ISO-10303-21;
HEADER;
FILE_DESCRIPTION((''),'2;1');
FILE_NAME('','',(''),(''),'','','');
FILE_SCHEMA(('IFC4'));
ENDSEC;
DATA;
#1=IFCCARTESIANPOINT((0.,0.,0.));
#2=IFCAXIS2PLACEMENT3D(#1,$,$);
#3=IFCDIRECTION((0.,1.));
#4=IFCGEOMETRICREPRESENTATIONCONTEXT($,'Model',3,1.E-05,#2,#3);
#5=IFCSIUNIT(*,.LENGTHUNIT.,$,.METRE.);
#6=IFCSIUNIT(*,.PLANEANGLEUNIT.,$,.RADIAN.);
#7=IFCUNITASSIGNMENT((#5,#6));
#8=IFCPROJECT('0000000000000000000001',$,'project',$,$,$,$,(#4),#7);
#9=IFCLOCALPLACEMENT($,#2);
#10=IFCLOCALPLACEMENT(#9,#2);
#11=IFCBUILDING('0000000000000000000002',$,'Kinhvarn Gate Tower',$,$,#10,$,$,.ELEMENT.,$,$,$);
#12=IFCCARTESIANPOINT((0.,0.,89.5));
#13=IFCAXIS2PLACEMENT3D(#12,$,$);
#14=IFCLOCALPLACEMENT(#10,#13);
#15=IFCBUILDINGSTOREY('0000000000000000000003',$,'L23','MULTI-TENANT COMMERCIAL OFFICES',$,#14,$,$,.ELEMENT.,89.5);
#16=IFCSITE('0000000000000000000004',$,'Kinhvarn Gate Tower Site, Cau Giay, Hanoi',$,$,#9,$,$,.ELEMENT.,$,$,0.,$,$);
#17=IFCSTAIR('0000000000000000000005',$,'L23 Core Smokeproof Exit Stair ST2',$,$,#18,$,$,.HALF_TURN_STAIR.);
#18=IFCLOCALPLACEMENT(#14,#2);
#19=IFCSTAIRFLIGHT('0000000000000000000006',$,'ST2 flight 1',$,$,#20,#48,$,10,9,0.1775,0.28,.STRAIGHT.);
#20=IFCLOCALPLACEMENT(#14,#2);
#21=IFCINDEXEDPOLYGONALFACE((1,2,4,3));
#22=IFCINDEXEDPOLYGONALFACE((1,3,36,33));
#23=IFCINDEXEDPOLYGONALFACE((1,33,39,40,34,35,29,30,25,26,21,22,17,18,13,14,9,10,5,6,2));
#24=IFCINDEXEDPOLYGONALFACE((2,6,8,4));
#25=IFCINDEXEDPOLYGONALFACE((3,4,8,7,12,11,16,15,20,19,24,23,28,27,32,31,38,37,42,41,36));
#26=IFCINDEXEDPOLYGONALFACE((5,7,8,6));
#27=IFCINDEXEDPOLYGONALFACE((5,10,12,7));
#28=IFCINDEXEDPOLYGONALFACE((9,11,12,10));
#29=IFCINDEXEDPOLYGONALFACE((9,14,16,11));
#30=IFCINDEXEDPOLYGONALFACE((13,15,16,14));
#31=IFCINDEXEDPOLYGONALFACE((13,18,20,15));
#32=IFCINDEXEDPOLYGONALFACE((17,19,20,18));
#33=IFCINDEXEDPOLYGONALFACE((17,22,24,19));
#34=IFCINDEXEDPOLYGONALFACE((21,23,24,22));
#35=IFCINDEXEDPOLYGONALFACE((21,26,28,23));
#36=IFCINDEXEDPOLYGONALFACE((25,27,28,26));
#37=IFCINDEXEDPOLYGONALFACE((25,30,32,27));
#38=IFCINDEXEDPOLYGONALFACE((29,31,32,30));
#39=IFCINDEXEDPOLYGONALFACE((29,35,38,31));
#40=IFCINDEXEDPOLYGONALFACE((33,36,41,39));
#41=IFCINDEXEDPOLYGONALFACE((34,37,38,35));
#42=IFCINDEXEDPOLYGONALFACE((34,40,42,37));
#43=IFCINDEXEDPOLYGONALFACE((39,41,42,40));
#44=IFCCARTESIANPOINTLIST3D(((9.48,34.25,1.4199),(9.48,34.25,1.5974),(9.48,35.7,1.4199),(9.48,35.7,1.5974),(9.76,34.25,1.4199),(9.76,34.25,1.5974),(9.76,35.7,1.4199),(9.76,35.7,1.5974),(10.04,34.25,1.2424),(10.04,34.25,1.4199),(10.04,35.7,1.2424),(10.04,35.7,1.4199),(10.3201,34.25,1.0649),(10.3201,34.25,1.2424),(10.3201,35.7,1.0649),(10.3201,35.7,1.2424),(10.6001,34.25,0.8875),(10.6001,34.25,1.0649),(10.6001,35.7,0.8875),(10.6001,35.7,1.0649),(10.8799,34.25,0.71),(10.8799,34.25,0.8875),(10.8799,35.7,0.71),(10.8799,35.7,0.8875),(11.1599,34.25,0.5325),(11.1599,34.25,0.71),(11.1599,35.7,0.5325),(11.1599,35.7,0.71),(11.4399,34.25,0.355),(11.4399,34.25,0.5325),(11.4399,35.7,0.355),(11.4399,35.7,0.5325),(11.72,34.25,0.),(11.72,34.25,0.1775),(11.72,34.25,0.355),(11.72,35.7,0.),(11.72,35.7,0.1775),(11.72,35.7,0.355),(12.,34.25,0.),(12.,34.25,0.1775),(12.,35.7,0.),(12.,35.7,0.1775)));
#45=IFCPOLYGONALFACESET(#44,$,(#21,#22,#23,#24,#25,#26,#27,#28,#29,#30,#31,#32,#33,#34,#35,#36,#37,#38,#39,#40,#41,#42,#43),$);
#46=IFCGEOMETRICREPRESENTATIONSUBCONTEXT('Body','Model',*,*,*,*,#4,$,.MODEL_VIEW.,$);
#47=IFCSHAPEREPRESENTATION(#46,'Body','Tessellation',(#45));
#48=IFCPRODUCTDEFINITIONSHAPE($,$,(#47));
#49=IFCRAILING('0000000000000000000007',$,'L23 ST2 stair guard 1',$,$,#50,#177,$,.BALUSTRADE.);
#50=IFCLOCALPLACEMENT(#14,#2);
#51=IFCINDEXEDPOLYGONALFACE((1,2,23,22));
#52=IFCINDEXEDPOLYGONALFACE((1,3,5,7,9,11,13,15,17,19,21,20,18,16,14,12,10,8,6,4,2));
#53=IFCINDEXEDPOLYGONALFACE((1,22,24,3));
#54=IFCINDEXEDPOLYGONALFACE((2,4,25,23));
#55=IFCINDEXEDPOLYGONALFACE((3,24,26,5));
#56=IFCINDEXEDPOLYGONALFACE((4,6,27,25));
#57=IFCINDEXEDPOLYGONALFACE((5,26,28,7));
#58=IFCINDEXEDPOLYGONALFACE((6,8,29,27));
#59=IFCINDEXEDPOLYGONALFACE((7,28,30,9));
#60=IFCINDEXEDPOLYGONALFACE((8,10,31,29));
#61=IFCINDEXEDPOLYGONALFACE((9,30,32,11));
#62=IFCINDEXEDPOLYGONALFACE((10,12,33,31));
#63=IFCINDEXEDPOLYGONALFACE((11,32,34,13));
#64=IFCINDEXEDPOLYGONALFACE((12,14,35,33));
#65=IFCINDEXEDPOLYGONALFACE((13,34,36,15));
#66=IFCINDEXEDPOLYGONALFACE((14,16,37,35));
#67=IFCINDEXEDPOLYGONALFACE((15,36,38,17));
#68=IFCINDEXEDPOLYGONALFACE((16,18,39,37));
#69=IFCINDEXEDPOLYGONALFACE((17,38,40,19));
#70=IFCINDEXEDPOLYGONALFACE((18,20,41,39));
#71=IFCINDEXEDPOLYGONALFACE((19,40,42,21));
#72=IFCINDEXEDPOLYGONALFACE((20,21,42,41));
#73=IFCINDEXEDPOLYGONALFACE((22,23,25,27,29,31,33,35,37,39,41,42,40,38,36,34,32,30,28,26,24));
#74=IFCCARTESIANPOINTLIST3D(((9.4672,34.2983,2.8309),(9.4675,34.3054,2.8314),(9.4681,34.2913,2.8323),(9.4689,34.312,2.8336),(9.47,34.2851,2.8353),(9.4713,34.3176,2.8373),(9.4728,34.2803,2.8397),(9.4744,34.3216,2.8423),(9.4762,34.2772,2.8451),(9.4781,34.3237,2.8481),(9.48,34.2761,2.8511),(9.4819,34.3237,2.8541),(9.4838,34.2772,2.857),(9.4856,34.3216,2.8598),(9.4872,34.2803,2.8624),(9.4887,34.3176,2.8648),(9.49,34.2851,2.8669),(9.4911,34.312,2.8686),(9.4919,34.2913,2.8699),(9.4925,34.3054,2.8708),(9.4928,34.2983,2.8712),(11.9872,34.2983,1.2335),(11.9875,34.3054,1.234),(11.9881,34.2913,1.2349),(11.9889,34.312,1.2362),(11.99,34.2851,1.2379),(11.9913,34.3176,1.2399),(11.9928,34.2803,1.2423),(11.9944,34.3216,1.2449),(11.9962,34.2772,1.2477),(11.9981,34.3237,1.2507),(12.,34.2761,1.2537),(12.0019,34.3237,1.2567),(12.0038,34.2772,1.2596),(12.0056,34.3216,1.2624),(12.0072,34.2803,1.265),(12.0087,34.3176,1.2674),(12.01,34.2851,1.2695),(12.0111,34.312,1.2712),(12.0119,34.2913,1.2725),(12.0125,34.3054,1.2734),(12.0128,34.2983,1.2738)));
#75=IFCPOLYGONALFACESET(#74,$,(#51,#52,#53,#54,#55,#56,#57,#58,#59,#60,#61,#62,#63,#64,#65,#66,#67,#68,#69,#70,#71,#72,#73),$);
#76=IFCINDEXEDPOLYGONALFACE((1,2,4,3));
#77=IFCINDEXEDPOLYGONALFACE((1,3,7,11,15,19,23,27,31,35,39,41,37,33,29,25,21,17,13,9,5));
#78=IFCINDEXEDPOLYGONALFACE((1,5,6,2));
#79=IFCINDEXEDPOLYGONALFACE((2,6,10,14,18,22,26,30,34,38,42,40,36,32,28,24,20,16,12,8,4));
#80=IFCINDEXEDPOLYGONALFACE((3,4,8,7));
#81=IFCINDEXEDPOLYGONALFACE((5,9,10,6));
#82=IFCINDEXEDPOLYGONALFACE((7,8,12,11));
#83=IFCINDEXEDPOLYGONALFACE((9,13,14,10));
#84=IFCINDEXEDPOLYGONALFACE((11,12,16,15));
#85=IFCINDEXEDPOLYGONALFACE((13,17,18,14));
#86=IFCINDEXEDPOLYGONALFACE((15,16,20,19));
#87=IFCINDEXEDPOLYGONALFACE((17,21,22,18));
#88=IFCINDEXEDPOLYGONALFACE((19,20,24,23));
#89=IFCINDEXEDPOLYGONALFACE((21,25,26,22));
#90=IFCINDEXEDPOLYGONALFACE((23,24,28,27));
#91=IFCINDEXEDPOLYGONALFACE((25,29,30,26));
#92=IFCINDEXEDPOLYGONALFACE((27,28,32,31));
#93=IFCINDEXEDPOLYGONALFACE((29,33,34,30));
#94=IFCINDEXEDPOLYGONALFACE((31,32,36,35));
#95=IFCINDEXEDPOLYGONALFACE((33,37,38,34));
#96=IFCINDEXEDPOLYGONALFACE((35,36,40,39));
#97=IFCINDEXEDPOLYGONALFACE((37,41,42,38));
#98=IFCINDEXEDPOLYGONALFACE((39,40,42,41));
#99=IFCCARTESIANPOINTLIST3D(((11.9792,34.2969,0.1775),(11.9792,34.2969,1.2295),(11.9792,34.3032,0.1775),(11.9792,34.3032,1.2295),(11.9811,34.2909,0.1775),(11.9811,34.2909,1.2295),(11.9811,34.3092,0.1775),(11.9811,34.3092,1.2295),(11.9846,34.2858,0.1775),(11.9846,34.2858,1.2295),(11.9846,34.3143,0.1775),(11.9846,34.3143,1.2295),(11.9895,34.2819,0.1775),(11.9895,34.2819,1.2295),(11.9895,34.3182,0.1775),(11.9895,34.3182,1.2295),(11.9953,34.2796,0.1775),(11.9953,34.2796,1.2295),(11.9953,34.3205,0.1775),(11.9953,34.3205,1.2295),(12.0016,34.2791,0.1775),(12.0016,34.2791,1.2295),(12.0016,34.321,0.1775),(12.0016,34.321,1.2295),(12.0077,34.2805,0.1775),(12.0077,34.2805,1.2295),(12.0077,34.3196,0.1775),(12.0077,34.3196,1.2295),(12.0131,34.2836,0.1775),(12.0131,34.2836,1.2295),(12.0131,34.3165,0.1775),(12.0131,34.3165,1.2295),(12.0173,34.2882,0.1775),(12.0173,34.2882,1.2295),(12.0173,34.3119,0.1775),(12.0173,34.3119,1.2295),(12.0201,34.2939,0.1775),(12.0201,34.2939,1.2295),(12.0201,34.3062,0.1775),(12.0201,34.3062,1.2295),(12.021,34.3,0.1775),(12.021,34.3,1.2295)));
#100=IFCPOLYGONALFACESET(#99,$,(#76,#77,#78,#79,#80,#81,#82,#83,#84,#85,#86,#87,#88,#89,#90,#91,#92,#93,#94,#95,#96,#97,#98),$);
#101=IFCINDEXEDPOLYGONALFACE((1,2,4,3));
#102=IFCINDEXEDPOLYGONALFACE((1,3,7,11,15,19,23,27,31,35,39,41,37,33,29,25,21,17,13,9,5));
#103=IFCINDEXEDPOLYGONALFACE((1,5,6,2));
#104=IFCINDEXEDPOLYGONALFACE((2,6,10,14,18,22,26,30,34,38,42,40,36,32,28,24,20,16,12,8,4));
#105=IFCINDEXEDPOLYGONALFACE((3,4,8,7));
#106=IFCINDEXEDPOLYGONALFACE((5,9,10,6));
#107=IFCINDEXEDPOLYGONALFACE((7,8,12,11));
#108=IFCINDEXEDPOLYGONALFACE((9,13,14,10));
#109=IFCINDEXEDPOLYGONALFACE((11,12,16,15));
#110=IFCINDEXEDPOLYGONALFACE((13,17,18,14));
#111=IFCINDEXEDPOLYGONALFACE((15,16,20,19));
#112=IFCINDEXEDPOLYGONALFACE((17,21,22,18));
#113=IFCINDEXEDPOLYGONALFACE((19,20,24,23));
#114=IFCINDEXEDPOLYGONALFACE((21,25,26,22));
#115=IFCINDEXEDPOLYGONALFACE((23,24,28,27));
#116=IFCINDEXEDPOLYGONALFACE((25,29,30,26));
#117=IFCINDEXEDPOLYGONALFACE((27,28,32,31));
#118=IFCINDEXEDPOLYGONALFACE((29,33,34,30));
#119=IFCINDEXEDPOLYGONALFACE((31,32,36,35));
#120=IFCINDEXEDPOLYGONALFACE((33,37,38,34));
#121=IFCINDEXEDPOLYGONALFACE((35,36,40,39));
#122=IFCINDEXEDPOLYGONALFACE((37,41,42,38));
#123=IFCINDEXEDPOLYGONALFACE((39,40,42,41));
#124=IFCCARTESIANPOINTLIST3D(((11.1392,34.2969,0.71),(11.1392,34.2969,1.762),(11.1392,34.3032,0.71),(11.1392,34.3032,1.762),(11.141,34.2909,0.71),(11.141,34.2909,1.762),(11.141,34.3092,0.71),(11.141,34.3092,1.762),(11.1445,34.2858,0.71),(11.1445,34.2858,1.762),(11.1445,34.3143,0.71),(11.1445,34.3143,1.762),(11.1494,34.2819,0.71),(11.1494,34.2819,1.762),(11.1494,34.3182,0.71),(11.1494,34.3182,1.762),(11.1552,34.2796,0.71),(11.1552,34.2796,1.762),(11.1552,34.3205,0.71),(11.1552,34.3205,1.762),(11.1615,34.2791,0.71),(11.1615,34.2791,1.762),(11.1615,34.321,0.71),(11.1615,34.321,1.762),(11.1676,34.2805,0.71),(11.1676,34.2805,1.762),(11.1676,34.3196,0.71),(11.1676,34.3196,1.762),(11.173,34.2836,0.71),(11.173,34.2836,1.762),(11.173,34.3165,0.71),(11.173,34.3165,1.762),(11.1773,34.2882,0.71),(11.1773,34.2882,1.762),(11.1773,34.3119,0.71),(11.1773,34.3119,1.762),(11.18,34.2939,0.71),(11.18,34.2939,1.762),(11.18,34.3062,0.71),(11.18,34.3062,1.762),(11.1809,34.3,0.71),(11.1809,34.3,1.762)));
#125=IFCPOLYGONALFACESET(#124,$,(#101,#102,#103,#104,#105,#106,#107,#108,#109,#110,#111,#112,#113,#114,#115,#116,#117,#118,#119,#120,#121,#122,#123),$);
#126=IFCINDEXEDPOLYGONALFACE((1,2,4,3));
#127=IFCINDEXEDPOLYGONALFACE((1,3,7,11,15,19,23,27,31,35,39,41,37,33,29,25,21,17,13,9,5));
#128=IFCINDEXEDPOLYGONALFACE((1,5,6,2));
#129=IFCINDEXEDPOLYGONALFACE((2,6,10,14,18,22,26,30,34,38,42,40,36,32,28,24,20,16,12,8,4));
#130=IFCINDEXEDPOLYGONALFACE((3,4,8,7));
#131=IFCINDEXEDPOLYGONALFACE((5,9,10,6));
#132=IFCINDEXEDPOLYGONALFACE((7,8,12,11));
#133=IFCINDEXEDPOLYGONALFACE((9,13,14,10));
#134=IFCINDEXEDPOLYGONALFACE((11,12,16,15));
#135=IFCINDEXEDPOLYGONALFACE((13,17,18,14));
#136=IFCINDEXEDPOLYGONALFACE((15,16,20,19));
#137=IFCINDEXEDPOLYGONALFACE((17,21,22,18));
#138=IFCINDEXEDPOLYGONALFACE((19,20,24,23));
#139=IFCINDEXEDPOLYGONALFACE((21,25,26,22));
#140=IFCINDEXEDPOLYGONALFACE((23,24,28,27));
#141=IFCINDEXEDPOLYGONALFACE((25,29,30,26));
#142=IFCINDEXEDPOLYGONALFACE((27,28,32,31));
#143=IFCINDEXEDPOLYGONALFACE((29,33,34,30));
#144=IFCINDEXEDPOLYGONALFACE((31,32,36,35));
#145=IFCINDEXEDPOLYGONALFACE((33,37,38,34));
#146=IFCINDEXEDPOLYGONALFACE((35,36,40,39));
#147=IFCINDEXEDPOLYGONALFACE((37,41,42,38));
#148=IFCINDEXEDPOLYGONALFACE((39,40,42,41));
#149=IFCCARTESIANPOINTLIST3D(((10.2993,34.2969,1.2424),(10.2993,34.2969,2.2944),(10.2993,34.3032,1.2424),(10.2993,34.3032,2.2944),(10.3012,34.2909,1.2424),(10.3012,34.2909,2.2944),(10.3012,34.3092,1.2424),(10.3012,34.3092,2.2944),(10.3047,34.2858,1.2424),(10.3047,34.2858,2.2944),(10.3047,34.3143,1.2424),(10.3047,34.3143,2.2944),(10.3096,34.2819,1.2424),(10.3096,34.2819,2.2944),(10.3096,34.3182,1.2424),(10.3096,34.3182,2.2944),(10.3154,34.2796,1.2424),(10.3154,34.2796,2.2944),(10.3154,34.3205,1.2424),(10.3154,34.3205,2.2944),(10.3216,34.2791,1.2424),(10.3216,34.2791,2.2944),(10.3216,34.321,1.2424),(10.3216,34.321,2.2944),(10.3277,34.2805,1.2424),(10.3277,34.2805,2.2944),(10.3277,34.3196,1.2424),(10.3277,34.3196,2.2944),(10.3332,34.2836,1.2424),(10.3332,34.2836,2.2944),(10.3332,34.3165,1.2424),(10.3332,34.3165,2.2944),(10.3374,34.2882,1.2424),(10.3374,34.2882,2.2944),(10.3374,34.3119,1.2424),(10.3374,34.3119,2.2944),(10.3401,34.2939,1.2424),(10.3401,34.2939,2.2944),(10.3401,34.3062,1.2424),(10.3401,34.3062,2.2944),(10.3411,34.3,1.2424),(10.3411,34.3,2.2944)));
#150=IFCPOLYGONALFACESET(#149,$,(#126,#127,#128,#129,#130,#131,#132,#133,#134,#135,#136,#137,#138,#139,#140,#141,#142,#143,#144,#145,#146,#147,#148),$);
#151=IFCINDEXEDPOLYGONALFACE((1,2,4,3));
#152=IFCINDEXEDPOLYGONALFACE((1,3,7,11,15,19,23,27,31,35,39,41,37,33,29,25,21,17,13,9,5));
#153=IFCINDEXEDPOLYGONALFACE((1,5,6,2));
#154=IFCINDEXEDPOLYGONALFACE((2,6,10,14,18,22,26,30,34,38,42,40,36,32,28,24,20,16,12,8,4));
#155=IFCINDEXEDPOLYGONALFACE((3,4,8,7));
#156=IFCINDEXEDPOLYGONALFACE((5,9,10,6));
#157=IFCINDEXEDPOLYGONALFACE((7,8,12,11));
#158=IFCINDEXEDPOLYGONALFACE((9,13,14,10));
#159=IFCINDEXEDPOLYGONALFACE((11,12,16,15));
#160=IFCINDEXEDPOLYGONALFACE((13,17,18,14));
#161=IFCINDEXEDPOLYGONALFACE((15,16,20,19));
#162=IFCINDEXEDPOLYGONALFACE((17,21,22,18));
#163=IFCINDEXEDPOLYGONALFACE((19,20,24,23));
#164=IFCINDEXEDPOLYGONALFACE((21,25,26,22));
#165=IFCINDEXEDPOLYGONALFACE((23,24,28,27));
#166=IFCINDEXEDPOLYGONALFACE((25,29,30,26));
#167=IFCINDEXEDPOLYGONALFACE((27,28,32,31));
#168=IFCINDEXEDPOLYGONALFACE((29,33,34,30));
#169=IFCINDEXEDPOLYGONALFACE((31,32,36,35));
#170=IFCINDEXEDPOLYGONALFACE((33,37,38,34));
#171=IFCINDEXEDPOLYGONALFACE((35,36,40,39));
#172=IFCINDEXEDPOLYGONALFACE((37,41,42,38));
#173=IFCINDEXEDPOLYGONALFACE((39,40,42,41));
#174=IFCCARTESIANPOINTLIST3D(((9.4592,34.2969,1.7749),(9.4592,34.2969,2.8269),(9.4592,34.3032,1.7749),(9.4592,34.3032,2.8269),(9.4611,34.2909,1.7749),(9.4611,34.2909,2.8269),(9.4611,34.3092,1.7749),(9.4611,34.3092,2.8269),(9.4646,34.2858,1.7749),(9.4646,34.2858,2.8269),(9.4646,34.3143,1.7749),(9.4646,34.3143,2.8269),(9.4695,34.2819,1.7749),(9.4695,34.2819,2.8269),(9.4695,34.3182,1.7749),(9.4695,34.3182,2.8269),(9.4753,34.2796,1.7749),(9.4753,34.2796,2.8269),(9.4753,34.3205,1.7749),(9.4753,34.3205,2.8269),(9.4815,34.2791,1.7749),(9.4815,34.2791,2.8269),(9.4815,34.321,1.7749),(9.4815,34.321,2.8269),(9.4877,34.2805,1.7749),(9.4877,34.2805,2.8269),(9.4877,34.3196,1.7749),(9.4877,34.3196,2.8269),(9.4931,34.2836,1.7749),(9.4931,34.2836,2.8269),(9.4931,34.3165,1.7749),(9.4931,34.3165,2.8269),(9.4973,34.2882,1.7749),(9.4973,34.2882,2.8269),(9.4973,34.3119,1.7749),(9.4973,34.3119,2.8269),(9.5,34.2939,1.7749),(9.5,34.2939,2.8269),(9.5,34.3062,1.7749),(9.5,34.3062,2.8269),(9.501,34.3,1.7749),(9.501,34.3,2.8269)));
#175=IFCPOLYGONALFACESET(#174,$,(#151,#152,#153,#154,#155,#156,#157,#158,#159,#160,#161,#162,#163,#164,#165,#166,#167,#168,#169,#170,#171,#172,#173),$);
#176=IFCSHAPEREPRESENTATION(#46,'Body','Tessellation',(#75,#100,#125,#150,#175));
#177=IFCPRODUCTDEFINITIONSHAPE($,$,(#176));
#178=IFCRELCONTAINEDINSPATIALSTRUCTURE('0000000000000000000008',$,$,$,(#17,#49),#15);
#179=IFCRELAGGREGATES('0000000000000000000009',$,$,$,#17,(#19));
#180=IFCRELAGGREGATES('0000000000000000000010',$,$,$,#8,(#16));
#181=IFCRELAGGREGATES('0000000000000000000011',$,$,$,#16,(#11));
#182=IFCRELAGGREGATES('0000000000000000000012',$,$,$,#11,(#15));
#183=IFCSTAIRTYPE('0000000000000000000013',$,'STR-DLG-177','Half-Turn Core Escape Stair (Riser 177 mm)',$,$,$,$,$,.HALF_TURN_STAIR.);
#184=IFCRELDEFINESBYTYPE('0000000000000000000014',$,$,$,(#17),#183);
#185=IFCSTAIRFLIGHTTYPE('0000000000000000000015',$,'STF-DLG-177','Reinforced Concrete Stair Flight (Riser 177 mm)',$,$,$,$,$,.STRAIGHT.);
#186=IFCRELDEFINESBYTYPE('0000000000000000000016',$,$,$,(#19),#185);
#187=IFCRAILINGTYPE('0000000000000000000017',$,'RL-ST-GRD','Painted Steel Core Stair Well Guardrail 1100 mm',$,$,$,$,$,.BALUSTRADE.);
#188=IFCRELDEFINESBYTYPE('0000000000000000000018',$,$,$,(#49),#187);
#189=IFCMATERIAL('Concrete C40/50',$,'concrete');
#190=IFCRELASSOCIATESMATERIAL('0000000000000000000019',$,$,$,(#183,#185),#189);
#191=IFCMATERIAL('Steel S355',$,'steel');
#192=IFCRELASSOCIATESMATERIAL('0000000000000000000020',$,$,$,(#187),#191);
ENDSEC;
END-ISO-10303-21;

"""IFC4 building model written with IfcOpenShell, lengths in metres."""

from ifc_helpers import new_model, si_unit, direction, frame, origin, origin_2d, place, context, subcontext, project, spatial, polyline, circle, outline, extrude, material, type_object, element, aggregate, save


model = new_model("IFC4")

# Units and contexts
model_context = context("Model", 3, precision=1e-05, world=origin(), true_north=direction((0.0, 1.0)))
body_context = subcontext(model_context, "Body", "Model", "MODEL_VIEW")
ifc_project = project(units=[si_unit("LENGTHUNIT", "METRE"), si_unit("PLANEANGLEUNIT", "RADIAN")], contexts=[model_context])

# Site, building, storey
site_placement = place(None, origin())
site = spatial("IfcSite", under=ifc_project, at=site_placement, Name="Kinhvarn Gate Tower Site, Cau Giay, Hanoi", CompositionType="ELEMENT", RefElevation=0.0)
building_placement = place(site_placement, origin())
building = spatial("IfcBuilding", under=site, at=building_placement, Name="Kinhvarn Gate Tower", CompositionType="ELEMENT")
storey_placement = place(building_placement, frame((0.0, 0.0, 89.5)))
storey = spatial("IfcBuildingStorey", under=building, at=storey_placement, Name="L23", Description="MULTI-TENANT COMMERCIAL OFFICES", CompositionType="ELEMENT", Elevation=89.5)

# Shared definitions
ifc_material_1 = material(Name="Steel S355", Category="steel")

# Shared definitions
ifc_material_2 = material(Name="Concrete C40/50", Category="concrete")

# Stair, stair flight
stair_type = type_object("IfcStairType", Name="STR-DLG-177", Description="Half-Turn Core Escape Stair (Riser 177 mm)", PredefinedType="HALF_TURN_STAIR", material=ifc_material_2)
stair_placement = place(storey_placement, origin())
stair = element("IfcStair", 1, at=stair_placement, inside=storey, type_object=stair_type, Name="L23 Core Smokeproof Exit Stair ST2", PredefinedType="HALF_TURN_STAIR")
stair_flight_type = type_object("IfcStairFlightType", Name="STF-DLG-177", Description="Reinforced Concrete Stair Flight (Riser 177 mm)", PredefinedType="STRAIGHT", material=ifc_material_2)
stair_flight_placement = place(storey_placement, frame((12.0, 34.9751, 0.0), z_axis=(0.0, 0.0, 1.0), x_axis=(-1.0, 0.0, 0.0)))
stair_flight = element("IfcStairFlight", 2, at=stair_flight_placement, type_object=stair_flight_type, Name="ST2 flight 1", NumberOfRisers=10, NumberOfTreads=9, PredefinedType="STRAIGHT", RiserHeight=0.1775, TreadLength=0.28, context=body_context, shape_type="SweptSolid", body=[
    extrude(outline(polyline([(0.0, 0.0), (0.0, 0.1775), (0.28, 0.1775), (0.28, 0.355), (0.5601, 0.355), (0.5601, 0.5325), (0.8401, 0.5325), (0.8401, 0.71), (1.1201, 0.71), (1.1201, 0.8875), (1.3999, 0.8875), (1.3999, 1.0649), (1.6799, 1.0649), (1.6799, 1.2424), (1.96, 1.2424), (1.96, 1.4199), (2.24, 1.4199), (2.24, 1.5974), (2.52, 1.5974), (2.52, 1.7749), (2.52, 1.4199), (0.28, 0.0), (0.0, 0.0)])), frame((0.0, 0.7251, 0.0), z_axis=(0.0, -1.0, 0.0), x_axis=(1.0, 0.0, 0.0)), (0.0, 0.0, 1.0), 1.45),
])
aggregate(stair, [stair_flight])

# Railing
railing_type_1 = type_object("IfcRailingType", Name="RL-ST-GRD", Description="Painted Steel Core Stair Well Guardrail 1100 mm", PredefinedType="BALUSTRADE", material=ifc_material_1)
railing_1_placement = place(storey_placement, frame((12.0, 34.3, 0.1775)))
element("IfcRailing", 3, at=railing_1_placement, inside=storey, type_object=railing_type_1, Name="L23 ST2 stair guard 1", PredefinedType="BALUSTRADE", context=body_context, shape_type="SweptSolid", body=[
    extrude(circle(Radius=0.0239, at=origin_2d()), frame((0.0, 0.0, 1.0762), z_axis=(-0.844607, 0.0, 0.535387), x_axis=(0.0, -1.0, 0.0)), (0.0, 0.0, 1.0), 2.9836),
    extrude(circle(Radius=0.021, at=origin_2d()), origin(), (0.0, 0.0, 1.0), 1.052),
    extrude(circle(Radius=0.021, at=origin_2d()), frame((-0.8401, 0.0, 0.5325)), (0.0, 0.0, 1.0), 1.052),
    extrude(circle(Radius=0.021, at=origin_2d()), frame((-1.6799, 0.0, 1.0649)), (0.0, 0.0, 1.0), 1.052),
    extrude(circle(Radius=0.021, at=origin_2d()), frame((-2.52, 0.0, 1.5974)), (0.0, 0.0, 1.0), 1.052),
])

save(model, "model.ifc")
